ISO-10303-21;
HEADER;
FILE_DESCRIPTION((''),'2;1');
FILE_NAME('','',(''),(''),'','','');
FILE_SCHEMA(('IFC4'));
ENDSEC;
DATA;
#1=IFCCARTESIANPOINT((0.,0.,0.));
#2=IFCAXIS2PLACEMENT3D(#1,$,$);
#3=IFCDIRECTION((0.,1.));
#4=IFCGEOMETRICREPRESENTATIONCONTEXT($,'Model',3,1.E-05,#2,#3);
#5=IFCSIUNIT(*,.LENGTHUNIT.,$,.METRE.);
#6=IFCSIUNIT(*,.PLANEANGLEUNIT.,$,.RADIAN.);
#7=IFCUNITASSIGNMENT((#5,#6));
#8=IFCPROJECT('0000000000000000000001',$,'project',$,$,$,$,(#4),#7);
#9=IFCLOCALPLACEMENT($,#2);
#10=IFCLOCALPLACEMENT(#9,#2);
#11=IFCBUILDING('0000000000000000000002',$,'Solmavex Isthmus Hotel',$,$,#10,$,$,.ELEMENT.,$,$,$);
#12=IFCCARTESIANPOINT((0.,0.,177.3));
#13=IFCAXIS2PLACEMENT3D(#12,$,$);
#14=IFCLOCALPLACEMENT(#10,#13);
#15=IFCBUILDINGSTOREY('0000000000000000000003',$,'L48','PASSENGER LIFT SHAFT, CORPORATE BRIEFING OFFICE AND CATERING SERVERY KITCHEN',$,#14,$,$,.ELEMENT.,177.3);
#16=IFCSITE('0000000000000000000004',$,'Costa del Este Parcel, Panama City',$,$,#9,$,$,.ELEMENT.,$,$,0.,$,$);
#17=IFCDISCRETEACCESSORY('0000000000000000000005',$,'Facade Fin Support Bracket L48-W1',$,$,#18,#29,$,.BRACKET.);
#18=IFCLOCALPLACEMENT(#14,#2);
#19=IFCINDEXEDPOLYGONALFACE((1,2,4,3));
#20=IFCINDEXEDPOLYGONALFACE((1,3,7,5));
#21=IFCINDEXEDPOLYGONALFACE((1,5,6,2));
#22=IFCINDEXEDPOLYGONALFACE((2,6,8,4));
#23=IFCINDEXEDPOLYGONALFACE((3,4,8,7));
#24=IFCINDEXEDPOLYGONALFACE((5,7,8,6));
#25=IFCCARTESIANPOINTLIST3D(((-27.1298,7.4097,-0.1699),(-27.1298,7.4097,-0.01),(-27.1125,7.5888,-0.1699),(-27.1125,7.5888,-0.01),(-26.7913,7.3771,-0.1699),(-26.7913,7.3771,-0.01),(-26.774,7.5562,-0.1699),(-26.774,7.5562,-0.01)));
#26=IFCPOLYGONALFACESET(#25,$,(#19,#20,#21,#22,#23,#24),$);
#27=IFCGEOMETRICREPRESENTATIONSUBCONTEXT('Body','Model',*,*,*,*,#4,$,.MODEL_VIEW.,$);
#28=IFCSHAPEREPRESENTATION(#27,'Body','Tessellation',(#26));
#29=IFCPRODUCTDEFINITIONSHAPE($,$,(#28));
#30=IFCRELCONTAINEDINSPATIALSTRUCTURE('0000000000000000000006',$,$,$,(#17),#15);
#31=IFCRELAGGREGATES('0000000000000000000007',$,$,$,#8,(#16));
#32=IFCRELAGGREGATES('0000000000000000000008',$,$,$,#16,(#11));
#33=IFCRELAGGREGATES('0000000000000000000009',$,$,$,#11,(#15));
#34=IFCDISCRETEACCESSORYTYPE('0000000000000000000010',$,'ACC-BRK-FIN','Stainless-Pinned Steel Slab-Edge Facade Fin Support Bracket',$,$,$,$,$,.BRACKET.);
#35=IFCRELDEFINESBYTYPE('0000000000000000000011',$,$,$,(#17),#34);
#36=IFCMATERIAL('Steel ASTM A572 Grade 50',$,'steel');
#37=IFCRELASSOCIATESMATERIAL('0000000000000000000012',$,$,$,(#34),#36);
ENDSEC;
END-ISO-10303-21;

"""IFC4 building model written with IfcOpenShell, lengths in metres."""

from ifc_helpers import new_model, si_unit, direction, frame, origin, origin_2d, place, context, subcontext, project, spatial, rectangle, extrude, material, type_object, element, save


model = new_model("IFC4")

# Units and contexts
model_context = context("Model", 3, precision=1e-05, world=origin(), true_north=direction((0.0, 1.0)))
body_context = subcontext(model_context, "Body", "Model", "MODEL_VIEW")
ifc_project = project(units=[si_unit("LENGTHUNIT", "METRE"), si_unit("PLANEANGLEUNIT", "RADIAN")], contexts=[model_context])

# Site, building, storey
site_placement = place(None, origin())
site = spatial("IfcSite", under=ifc_project, at=site_placement, Name="Costa del Este Parcel, Panama City", CompositionType="ELEMENT", RefElevation=0.0)
building_placement = place(site_placement, origin())
building = spatial("IfcBuilding", under=site, at=building_placement, Name="Solmavex Isthmus Hotel", CompositionType="ELEMENT")
storey_placement = place(building_placement, frame((0.0, 0.0, 177.3)))
storey = spatial("IfcBuildingStorey", under=building, at=storey_placement, Name="L48", Description="PASSENGER LIFT SHAFT, CORPORATE BRIEFING OFFICE AND CATERING SERVERY KITCHEN", CompositionType="ELEMENT", Elevation=177.3)

# Discrete accessory
ifc_material_1 = material(Name="Steel ASTM A572 Grade 50", Category="steel")
discrete_accessory_type = type_object("IfcDiscreteAccessoryType", Name="ACC-BRK-FIN", Description="Stainless-Pinned Steel Slab-Edge Facade Fin Support Bracket", PredefinedType="BRACKET", material=ifc_material_1)
discrete_accessory_placement = place(storey_placement, frame((-26.9519, 7.4829, -0.1699), z_axis=(0.0, 0.0, 1.0), x_axis=(-0.995396, 0.095846, 0.0)))
element("IfcDiscreteAccessory", 1, at=discrete_accessory_placement, inside=storey, type_object=discrete_accessory_type, Name="Facade Fin Support Bracket L48-W1", PredefinedType="BRACKET", context=body_context, shape_type="SweptSolid", body=[
    extrude(rectangle(XDim=0.3401, YDim=0.1799, at=origin_2d()), origin(), (0.0, 0.0, 1.0), 0.1599),
])

save(model, "model.ifc")
